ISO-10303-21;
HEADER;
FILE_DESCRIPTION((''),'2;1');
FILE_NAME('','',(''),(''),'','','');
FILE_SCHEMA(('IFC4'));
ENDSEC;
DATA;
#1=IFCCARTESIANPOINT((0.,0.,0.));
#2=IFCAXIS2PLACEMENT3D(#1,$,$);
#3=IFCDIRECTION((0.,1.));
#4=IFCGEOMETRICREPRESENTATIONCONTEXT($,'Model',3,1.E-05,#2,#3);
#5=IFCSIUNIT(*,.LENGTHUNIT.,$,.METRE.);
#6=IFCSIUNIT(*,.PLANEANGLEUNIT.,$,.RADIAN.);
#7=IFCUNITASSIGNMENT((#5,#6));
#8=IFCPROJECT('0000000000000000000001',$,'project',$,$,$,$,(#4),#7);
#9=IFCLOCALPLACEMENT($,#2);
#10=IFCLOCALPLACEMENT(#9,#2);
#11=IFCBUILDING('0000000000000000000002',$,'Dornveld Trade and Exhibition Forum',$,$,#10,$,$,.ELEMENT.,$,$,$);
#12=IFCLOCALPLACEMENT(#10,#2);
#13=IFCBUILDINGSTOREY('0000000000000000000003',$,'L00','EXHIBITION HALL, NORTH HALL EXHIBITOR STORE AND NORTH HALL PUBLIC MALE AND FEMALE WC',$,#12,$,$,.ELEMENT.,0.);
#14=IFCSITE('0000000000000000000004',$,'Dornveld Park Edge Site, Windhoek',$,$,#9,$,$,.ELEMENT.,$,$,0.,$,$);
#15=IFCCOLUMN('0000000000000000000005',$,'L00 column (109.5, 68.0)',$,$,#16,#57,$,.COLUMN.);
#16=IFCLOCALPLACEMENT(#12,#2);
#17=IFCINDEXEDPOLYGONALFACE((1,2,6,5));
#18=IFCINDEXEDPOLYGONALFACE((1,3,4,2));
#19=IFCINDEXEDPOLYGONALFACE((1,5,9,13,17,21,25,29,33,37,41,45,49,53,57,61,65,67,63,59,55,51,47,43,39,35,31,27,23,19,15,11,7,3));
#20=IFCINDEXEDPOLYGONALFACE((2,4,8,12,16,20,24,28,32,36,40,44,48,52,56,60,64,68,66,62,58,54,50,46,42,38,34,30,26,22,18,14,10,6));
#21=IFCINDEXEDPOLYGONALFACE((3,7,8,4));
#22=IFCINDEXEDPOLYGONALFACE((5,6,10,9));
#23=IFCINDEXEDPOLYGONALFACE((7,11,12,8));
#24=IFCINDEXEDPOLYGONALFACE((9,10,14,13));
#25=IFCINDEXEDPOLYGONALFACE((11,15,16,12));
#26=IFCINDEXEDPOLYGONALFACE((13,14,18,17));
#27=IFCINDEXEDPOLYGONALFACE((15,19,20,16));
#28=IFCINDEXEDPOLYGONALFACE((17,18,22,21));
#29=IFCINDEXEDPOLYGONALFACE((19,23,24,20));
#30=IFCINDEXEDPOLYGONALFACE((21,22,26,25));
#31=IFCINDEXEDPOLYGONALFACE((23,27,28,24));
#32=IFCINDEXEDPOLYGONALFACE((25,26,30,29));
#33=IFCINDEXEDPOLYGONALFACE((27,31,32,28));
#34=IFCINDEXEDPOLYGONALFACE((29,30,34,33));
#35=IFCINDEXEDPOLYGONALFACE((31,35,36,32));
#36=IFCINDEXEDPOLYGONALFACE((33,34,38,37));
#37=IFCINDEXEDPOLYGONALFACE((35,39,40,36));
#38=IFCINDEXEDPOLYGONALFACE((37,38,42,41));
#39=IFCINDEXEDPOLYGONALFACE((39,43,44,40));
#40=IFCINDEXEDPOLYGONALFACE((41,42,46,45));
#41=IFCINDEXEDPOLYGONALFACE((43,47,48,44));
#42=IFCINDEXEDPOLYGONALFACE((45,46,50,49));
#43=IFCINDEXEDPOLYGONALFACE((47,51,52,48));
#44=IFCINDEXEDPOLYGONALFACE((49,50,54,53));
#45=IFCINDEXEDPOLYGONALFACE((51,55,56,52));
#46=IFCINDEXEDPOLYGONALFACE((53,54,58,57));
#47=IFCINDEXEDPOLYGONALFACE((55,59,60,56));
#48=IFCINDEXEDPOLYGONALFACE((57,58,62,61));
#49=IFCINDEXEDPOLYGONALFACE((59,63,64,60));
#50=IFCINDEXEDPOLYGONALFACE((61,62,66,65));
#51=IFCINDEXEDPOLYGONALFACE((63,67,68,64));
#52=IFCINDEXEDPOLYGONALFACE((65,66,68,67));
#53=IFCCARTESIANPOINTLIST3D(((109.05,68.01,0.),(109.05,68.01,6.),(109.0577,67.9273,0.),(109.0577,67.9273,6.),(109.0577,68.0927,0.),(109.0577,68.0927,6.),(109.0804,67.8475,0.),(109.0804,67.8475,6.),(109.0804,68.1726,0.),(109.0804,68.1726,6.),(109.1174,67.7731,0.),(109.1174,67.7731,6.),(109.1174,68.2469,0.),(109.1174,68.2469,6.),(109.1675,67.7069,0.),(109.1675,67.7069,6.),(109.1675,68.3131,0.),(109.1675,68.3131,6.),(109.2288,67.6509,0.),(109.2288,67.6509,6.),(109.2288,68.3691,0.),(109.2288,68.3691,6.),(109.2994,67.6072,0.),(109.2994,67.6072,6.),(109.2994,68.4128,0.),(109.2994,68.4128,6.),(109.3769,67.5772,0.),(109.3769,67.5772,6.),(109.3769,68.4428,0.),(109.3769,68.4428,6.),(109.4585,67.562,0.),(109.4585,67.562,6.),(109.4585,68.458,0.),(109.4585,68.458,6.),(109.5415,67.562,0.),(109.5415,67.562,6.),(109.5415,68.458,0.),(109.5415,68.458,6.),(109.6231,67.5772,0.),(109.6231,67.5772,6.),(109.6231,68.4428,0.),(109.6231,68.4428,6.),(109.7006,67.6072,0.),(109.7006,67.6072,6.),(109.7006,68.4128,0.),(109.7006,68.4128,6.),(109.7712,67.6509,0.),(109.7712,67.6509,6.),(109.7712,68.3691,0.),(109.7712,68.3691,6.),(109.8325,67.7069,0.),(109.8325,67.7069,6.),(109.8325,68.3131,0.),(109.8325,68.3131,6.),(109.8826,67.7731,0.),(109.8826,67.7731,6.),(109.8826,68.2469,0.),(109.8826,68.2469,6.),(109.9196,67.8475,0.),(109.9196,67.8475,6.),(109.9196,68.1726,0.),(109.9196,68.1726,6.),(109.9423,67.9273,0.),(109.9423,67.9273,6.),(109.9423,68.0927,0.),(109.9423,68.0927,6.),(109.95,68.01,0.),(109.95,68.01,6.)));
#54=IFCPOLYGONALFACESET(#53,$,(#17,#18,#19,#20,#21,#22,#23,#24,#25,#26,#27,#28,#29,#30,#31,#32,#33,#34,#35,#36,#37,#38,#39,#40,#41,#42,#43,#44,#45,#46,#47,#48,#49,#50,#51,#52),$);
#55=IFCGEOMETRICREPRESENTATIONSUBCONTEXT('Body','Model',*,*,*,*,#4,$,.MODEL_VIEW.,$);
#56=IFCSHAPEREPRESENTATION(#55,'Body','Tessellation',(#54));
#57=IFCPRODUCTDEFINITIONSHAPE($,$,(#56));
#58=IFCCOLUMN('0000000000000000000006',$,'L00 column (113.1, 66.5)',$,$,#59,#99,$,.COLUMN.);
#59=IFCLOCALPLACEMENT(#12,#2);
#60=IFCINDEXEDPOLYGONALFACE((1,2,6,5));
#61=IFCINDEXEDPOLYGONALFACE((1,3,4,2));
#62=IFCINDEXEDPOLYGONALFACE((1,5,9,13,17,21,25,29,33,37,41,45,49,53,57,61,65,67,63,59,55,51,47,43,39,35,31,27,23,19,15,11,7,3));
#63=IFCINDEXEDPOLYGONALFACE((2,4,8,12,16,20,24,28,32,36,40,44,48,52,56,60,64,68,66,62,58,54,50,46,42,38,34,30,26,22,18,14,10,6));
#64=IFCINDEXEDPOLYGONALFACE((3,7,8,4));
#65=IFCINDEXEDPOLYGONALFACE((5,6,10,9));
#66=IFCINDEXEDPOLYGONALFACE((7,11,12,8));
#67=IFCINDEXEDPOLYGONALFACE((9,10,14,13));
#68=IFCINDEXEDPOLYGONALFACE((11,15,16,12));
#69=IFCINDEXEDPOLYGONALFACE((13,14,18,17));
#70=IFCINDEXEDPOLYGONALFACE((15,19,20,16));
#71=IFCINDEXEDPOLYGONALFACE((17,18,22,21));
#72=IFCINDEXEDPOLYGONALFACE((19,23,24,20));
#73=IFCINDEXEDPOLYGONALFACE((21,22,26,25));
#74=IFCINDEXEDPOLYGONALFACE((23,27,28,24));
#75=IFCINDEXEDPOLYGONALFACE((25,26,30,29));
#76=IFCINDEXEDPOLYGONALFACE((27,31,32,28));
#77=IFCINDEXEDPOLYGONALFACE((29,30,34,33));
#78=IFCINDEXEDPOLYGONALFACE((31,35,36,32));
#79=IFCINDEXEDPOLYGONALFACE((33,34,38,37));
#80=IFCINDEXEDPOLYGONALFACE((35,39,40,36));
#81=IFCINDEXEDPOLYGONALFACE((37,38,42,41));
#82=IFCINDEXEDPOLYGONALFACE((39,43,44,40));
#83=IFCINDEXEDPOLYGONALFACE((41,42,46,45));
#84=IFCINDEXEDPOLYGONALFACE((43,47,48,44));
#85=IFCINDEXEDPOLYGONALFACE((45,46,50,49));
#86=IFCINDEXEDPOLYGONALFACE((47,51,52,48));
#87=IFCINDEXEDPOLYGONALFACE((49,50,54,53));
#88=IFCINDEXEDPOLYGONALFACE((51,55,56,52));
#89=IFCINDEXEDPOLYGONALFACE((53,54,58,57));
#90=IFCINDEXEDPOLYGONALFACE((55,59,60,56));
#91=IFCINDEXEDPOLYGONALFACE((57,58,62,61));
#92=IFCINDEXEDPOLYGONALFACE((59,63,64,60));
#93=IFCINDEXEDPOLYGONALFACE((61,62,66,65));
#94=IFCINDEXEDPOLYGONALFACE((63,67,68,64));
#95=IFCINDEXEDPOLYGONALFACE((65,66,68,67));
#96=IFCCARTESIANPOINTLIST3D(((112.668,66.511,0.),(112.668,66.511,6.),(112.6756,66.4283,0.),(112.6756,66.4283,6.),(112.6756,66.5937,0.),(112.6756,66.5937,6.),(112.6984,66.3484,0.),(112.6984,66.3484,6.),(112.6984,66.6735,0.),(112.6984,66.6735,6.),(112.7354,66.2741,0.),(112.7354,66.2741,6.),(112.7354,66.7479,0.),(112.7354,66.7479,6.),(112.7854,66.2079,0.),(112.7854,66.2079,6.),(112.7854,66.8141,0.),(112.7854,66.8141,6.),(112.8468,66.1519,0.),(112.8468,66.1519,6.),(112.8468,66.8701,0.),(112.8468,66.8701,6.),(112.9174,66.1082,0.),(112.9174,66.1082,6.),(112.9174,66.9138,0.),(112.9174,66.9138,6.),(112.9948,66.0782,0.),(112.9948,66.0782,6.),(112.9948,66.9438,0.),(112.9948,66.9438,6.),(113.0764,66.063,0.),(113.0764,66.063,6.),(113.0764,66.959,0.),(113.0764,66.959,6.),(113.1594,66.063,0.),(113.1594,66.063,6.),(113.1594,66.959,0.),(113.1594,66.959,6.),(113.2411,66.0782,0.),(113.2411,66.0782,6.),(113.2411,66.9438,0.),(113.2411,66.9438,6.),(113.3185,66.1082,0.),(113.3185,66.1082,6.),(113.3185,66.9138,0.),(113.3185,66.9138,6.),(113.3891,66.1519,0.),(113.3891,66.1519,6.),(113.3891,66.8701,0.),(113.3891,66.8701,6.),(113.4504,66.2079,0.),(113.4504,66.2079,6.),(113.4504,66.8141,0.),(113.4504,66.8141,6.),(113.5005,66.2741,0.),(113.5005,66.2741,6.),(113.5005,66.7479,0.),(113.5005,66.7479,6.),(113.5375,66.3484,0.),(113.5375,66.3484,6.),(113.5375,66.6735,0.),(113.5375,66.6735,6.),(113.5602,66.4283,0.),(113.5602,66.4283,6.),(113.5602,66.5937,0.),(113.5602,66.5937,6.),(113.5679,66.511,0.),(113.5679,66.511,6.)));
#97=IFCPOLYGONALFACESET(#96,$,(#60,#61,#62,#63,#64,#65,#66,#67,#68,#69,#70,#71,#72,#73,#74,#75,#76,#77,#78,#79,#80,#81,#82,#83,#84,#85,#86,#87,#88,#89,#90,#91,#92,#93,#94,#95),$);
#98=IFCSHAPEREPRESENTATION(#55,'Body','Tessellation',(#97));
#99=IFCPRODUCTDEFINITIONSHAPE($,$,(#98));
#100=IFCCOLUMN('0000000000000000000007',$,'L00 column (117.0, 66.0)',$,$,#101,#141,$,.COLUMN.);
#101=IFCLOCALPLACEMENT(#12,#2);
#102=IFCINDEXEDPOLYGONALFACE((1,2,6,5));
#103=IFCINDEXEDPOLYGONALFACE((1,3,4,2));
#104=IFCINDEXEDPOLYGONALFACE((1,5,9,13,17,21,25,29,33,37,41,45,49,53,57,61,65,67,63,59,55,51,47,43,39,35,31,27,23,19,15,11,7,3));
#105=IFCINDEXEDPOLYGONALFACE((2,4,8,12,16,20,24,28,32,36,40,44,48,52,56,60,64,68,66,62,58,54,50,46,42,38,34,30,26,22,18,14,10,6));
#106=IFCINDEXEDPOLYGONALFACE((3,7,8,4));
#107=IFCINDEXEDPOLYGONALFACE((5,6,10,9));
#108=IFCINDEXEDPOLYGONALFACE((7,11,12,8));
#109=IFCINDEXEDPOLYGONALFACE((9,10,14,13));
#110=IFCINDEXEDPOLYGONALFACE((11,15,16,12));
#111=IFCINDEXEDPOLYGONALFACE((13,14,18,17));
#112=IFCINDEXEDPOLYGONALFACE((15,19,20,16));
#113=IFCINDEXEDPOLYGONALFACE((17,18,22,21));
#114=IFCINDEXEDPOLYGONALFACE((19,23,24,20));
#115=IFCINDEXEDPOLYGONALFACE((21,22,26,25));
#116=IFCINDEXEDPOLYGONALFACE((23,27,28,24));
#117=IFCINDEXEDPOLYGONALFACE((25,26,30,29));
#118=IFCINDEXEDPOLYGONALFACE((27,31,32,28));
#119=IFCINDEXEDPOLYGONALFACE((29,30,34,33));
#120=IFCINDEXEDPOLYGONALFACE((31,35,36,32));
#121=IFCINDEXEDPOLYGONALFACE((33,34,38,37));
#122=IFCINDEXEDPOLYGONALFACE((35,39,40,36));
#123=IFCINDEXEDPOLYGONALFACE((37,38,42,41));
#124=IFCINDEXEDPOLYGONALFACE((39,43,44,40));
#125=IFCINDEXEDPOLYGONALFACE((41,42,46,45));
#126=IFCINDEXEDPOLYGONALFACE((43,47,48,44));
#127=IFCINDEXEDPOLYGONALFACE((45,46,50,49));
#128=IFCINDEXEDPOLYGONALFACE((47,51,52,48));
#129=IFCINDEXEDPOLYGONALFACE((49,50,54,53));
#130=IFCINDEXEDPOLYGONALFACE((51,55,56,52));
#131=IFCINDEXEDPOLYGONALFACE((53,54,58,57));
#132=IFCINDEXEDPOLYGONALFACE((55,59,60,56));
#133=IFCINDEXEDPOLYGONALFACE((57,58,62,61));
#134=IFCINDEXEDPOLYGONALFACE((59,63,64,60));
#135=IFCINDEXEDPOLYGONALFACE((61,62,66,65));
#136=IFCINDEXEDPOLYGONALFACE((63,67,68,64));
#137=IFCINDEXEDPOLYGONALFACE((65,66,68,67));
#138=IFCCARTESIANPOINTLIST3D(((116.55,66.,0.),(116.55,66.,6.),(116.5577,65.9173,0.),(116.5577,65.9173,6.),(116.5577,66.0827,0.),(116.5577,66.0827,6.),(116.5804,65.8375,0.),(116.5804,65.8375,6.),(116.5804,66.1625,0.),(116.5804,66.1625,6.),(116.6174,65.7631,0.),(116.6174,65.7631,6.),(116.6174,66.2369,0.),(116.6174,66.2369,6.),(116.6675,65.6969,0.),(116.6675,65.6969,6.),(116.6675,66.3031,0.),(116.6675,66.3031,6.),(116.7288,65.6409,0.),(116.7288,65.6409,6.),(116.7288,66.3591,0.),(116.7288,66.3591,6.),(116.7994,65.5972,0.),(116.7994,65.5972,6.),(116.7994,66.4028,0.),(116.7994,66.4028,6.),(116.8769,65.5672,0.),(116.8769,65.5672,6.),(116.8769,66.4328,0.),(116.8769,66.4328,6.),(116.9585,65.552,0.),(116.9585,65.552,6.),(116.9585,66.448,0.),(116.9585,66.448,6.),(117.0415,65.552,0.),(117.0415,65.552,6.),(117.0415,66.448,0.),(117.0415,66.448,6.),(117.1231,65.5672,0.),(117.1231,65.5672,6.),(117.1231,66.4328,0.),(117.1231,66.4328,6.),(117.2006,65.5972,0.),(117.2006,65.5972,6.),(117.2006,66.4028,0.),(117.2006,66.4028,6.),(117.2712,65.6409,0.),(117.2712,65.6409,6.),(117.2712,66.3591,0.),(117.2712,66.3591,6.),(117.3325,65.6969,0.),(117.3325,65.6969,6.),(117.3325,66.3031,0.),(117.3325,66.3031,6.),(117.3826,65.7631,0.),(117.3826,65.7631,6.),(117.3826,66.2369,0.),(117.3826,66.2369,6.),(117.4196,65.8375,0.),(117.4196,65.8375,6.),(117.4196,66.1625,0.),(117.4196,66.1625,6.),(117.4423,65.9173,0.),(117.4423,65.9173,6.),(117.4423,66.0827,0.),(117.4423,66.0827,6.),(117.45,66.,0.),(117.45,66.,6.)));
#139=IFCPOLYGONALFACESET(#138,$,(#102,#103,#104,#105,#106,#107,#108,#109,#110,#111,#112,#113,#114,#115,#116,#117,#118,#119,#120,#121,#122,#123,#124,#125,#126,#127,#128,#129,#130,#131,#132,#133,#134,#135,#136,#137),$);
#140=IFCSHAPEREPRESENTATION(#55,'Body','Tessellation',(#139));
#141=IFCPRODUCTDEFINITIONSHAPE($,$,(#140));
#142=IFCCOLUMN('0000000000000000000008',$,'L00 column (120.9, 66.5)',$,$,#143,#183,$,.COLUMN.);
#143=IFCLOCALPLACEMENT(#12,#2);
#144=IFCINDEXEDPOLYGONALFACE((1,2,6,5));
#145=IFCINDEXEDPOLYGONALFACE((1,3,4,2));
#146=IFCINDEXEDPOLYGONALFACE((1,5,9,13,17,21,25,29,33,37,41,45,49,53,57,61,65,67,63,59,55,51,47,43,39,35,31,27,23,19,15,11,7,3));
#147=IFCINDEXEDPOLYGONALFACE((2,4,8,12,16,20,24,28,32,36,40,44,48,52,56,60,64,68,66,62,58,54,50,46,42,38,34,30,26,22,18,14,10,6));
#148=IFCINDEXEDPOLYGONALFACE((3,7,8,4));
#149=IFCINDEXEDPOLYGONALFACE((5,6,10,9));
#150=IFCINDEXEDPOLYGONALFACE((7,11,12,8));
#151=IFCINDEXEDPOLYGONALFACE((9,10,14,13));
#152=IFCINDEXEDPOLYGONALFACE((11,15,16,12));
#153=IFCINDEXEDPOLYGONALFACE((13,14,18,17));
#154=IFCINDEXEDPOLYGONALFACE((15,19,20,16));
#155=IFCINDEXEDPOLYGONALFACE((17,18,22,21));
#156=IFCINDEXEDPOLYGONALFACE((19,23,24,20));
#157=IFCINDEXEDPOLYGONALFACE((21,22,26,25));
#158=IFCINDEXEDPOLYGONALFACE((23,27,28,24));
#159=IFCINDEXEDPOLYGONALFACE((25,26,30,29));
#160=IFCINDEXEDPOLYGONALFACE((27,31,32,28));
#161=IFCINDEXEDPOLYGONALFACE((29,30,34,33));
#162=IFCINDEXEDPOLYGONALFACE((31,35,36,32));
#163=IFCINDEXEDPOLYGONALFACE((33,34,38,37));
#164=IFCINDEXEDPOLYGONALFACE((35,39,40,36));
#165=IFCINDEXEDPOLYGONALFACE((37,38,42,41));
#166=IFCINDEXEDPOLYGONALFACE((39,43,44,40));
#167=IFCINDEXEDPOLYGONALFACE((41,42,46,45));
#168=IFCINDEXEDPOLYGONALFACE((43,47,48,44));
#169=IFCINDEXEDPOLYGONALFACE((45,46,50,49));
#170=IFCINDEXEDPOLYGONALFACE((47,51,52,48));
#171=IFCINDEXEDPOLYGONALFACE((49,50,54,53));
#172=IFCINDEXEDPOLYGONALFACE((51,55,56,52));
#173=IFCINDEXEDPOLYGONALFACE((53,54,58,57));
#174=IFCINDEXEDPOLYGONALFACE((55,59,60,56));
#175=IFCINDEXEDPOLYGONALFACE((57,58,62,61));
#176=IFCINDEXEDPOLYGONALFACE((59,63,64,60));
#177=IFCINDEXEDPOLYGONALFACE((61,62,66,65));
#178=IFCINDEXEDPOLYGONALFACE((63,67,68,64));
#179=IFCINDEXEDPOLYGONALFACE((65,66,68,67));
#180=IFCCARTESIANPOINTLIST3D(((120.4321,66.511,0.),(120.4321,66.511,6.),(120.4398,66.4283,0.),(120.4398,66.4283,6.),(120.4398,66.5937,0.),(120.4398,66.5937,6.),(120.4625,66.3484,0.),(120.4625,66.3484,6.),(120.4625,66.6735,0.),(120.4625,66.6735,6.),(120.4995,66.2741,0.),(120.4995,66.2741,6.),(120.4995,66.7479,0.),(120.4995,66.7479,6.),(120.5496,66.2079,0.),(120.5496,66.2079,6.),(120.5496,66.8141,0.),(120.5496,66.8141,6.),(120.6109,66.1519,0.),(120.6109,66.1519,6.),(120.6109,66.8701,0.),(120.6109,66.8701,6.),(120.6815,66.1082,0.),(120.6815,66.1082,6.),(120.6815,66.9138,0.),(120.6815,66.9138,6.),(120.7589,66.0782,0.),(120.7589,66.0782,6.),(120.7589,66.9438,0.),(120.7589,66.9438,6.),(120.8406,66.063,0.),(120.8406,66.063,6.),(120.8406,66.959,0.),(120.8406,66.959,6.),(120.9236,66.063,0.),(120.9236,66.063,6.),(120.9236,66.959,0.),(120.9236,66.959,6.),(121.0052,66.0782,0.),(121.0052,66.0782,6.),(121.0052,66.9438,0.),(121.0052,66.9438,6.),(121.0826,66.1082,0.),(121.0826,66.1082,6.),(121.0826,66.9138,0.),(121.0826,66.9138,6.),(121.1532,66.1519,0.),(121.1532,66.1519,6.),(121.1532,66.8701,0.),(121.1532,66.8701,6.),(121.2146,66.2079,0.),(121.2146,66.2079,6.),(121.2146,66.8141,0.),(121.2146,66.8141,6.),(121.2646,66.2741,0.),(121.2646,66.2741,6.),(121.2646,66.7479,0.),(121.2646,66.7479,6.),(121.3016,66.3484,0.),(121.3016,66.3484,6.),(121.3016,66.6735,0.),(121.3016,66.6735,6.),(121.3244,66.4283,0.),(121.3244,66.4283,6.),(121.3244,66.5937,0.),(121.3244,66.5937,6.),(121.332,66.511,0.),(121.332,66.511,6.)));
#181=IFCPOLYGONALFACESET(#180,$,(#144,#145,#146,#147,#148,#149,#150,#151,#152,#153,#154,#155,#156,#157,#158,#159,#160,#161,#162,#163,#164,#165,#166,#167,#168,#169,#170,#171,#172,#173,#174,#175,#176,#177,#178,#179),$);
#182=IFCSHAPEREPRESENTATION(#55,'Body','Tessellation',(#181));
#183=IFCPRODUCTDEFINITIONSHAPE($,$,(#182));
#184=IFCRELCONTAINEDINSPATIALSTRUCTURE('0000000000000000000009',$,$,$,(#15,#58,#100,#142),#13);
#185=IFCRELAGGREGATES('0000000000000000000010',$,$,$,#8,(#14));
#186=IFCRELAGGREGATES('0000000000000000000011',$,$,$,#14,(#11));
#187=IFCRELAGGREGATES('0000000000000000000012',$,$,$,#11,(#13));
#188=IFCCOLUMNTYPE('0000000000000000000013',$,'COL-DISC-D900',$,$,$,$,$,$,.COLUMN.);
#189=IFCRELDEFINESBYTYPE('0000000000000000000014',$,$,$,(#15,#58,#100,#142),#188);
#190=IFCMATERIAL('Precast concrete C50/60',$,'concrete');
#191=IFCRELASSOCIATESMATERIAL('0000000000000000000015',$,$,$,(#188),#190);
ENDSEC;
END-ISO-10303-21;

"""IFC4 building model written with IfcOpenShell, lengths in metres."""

from ifc_helpers import new_model, si_unit, direction, frame, origin, origin_2d, place, context, subcontext, project, spatial, circle, extrude, material, material_profile, profile_set, type_object, element, save


model = new_model("IFC4")

# Units and contexts
model_context = context("Model", 3, precision=1e-05, world=origin(), true_north=direction((0.0, 1.0)))
body_context = subcontext(model_context, "Body", "Model", "MODEL_VIEW")
ifc_project = project(units=[si_unit("LENGTHUNIT", "METRE"), si_unit("PLANEANGLEUNIT", "RADIAN")], contexts=[model_context])

# Site, building, storey
site_placement = place(None, origin())
site = spatial("IfcSite", under=ifc_project, at=site_placement, Name="Dornveld Park Edge Site, Windhoek", CompositionType="ELEMENT", RefElevation=0.0)
building_placement = place(site_placement, origin())
building = spatial("IfcBuilding", under=site, at=building_placement, Name="Dornveld Trade and Exhibition Forum", CompositionType="ELEMENT")
storey_placement = place(building_placement, origin())
storey = spatial("IfcBuildingStorey", under=building, at=storey_placement, Name="L00", Description="EXHIBITION HALL, NORTH HALL EXHIBITOR STORE AND NORTH HALL PUBLIC MALE AND FEMALE WC", CompositionType="ELEMENT", Elevation=0.0)

# Columns
ifc_material_1 = material(Name="Precast concrete C50/60", Category="concrete")
ifc_material_profile_1 = material_profile(ifc_material_1, circle(Radius=0.45, at=origin_2d()), Name="PC-COL D900")
ifc_profile_set_1 = profile_set([ifc_material_profile_1], Name="Precast concrete C50/60")
column_type_1 = type_object("IfcColumnType", Name="COL-DISC-D900", PredefinedType="COLUMN", material=ifc_profile_set_1)
for number, where, z_axis, x_axis, name in (
    (1, (109.5, 68.01, 0.0), (0.0, 0.0, 1.0), (1.0, 0.0, 0.0), "L00 column (109.5, 68.0)"),
    (2, (113.1179, 66.511, 0.0), (0.0, 0.0, 1.0), (1.0, 0.0, 0.0), "L00 column (113.1, 66.5)"),
    (3, (117.0, 66.0, 0.0), (0.0, 0.0, 1.0), (1.0, 0.0, 0.0), "L00 column (117.0, 66.0)"),
    (4, (120.8821, 66.511, 0.0), (0.0, 0.0, 1.0), (1.0, 0.0, 0.0), "L00 column (120.9, 66.5)"),
):
    element("IfcColumn", number, at=place(storey_placement, frame(where, z_axis=z_axis, x_axis=x_axis)), inside=storey, type_object=column_type_1, Name=name, PredefinedType="COLUMN", context=body_context, shape_type="SweptSolid", body=[
        extrude(circle(Radius=0.45, at=origin_2d()), origin(), (0.0, 0.0, 1.0), 6.0),
    ])

save(model, "model.ifc")
